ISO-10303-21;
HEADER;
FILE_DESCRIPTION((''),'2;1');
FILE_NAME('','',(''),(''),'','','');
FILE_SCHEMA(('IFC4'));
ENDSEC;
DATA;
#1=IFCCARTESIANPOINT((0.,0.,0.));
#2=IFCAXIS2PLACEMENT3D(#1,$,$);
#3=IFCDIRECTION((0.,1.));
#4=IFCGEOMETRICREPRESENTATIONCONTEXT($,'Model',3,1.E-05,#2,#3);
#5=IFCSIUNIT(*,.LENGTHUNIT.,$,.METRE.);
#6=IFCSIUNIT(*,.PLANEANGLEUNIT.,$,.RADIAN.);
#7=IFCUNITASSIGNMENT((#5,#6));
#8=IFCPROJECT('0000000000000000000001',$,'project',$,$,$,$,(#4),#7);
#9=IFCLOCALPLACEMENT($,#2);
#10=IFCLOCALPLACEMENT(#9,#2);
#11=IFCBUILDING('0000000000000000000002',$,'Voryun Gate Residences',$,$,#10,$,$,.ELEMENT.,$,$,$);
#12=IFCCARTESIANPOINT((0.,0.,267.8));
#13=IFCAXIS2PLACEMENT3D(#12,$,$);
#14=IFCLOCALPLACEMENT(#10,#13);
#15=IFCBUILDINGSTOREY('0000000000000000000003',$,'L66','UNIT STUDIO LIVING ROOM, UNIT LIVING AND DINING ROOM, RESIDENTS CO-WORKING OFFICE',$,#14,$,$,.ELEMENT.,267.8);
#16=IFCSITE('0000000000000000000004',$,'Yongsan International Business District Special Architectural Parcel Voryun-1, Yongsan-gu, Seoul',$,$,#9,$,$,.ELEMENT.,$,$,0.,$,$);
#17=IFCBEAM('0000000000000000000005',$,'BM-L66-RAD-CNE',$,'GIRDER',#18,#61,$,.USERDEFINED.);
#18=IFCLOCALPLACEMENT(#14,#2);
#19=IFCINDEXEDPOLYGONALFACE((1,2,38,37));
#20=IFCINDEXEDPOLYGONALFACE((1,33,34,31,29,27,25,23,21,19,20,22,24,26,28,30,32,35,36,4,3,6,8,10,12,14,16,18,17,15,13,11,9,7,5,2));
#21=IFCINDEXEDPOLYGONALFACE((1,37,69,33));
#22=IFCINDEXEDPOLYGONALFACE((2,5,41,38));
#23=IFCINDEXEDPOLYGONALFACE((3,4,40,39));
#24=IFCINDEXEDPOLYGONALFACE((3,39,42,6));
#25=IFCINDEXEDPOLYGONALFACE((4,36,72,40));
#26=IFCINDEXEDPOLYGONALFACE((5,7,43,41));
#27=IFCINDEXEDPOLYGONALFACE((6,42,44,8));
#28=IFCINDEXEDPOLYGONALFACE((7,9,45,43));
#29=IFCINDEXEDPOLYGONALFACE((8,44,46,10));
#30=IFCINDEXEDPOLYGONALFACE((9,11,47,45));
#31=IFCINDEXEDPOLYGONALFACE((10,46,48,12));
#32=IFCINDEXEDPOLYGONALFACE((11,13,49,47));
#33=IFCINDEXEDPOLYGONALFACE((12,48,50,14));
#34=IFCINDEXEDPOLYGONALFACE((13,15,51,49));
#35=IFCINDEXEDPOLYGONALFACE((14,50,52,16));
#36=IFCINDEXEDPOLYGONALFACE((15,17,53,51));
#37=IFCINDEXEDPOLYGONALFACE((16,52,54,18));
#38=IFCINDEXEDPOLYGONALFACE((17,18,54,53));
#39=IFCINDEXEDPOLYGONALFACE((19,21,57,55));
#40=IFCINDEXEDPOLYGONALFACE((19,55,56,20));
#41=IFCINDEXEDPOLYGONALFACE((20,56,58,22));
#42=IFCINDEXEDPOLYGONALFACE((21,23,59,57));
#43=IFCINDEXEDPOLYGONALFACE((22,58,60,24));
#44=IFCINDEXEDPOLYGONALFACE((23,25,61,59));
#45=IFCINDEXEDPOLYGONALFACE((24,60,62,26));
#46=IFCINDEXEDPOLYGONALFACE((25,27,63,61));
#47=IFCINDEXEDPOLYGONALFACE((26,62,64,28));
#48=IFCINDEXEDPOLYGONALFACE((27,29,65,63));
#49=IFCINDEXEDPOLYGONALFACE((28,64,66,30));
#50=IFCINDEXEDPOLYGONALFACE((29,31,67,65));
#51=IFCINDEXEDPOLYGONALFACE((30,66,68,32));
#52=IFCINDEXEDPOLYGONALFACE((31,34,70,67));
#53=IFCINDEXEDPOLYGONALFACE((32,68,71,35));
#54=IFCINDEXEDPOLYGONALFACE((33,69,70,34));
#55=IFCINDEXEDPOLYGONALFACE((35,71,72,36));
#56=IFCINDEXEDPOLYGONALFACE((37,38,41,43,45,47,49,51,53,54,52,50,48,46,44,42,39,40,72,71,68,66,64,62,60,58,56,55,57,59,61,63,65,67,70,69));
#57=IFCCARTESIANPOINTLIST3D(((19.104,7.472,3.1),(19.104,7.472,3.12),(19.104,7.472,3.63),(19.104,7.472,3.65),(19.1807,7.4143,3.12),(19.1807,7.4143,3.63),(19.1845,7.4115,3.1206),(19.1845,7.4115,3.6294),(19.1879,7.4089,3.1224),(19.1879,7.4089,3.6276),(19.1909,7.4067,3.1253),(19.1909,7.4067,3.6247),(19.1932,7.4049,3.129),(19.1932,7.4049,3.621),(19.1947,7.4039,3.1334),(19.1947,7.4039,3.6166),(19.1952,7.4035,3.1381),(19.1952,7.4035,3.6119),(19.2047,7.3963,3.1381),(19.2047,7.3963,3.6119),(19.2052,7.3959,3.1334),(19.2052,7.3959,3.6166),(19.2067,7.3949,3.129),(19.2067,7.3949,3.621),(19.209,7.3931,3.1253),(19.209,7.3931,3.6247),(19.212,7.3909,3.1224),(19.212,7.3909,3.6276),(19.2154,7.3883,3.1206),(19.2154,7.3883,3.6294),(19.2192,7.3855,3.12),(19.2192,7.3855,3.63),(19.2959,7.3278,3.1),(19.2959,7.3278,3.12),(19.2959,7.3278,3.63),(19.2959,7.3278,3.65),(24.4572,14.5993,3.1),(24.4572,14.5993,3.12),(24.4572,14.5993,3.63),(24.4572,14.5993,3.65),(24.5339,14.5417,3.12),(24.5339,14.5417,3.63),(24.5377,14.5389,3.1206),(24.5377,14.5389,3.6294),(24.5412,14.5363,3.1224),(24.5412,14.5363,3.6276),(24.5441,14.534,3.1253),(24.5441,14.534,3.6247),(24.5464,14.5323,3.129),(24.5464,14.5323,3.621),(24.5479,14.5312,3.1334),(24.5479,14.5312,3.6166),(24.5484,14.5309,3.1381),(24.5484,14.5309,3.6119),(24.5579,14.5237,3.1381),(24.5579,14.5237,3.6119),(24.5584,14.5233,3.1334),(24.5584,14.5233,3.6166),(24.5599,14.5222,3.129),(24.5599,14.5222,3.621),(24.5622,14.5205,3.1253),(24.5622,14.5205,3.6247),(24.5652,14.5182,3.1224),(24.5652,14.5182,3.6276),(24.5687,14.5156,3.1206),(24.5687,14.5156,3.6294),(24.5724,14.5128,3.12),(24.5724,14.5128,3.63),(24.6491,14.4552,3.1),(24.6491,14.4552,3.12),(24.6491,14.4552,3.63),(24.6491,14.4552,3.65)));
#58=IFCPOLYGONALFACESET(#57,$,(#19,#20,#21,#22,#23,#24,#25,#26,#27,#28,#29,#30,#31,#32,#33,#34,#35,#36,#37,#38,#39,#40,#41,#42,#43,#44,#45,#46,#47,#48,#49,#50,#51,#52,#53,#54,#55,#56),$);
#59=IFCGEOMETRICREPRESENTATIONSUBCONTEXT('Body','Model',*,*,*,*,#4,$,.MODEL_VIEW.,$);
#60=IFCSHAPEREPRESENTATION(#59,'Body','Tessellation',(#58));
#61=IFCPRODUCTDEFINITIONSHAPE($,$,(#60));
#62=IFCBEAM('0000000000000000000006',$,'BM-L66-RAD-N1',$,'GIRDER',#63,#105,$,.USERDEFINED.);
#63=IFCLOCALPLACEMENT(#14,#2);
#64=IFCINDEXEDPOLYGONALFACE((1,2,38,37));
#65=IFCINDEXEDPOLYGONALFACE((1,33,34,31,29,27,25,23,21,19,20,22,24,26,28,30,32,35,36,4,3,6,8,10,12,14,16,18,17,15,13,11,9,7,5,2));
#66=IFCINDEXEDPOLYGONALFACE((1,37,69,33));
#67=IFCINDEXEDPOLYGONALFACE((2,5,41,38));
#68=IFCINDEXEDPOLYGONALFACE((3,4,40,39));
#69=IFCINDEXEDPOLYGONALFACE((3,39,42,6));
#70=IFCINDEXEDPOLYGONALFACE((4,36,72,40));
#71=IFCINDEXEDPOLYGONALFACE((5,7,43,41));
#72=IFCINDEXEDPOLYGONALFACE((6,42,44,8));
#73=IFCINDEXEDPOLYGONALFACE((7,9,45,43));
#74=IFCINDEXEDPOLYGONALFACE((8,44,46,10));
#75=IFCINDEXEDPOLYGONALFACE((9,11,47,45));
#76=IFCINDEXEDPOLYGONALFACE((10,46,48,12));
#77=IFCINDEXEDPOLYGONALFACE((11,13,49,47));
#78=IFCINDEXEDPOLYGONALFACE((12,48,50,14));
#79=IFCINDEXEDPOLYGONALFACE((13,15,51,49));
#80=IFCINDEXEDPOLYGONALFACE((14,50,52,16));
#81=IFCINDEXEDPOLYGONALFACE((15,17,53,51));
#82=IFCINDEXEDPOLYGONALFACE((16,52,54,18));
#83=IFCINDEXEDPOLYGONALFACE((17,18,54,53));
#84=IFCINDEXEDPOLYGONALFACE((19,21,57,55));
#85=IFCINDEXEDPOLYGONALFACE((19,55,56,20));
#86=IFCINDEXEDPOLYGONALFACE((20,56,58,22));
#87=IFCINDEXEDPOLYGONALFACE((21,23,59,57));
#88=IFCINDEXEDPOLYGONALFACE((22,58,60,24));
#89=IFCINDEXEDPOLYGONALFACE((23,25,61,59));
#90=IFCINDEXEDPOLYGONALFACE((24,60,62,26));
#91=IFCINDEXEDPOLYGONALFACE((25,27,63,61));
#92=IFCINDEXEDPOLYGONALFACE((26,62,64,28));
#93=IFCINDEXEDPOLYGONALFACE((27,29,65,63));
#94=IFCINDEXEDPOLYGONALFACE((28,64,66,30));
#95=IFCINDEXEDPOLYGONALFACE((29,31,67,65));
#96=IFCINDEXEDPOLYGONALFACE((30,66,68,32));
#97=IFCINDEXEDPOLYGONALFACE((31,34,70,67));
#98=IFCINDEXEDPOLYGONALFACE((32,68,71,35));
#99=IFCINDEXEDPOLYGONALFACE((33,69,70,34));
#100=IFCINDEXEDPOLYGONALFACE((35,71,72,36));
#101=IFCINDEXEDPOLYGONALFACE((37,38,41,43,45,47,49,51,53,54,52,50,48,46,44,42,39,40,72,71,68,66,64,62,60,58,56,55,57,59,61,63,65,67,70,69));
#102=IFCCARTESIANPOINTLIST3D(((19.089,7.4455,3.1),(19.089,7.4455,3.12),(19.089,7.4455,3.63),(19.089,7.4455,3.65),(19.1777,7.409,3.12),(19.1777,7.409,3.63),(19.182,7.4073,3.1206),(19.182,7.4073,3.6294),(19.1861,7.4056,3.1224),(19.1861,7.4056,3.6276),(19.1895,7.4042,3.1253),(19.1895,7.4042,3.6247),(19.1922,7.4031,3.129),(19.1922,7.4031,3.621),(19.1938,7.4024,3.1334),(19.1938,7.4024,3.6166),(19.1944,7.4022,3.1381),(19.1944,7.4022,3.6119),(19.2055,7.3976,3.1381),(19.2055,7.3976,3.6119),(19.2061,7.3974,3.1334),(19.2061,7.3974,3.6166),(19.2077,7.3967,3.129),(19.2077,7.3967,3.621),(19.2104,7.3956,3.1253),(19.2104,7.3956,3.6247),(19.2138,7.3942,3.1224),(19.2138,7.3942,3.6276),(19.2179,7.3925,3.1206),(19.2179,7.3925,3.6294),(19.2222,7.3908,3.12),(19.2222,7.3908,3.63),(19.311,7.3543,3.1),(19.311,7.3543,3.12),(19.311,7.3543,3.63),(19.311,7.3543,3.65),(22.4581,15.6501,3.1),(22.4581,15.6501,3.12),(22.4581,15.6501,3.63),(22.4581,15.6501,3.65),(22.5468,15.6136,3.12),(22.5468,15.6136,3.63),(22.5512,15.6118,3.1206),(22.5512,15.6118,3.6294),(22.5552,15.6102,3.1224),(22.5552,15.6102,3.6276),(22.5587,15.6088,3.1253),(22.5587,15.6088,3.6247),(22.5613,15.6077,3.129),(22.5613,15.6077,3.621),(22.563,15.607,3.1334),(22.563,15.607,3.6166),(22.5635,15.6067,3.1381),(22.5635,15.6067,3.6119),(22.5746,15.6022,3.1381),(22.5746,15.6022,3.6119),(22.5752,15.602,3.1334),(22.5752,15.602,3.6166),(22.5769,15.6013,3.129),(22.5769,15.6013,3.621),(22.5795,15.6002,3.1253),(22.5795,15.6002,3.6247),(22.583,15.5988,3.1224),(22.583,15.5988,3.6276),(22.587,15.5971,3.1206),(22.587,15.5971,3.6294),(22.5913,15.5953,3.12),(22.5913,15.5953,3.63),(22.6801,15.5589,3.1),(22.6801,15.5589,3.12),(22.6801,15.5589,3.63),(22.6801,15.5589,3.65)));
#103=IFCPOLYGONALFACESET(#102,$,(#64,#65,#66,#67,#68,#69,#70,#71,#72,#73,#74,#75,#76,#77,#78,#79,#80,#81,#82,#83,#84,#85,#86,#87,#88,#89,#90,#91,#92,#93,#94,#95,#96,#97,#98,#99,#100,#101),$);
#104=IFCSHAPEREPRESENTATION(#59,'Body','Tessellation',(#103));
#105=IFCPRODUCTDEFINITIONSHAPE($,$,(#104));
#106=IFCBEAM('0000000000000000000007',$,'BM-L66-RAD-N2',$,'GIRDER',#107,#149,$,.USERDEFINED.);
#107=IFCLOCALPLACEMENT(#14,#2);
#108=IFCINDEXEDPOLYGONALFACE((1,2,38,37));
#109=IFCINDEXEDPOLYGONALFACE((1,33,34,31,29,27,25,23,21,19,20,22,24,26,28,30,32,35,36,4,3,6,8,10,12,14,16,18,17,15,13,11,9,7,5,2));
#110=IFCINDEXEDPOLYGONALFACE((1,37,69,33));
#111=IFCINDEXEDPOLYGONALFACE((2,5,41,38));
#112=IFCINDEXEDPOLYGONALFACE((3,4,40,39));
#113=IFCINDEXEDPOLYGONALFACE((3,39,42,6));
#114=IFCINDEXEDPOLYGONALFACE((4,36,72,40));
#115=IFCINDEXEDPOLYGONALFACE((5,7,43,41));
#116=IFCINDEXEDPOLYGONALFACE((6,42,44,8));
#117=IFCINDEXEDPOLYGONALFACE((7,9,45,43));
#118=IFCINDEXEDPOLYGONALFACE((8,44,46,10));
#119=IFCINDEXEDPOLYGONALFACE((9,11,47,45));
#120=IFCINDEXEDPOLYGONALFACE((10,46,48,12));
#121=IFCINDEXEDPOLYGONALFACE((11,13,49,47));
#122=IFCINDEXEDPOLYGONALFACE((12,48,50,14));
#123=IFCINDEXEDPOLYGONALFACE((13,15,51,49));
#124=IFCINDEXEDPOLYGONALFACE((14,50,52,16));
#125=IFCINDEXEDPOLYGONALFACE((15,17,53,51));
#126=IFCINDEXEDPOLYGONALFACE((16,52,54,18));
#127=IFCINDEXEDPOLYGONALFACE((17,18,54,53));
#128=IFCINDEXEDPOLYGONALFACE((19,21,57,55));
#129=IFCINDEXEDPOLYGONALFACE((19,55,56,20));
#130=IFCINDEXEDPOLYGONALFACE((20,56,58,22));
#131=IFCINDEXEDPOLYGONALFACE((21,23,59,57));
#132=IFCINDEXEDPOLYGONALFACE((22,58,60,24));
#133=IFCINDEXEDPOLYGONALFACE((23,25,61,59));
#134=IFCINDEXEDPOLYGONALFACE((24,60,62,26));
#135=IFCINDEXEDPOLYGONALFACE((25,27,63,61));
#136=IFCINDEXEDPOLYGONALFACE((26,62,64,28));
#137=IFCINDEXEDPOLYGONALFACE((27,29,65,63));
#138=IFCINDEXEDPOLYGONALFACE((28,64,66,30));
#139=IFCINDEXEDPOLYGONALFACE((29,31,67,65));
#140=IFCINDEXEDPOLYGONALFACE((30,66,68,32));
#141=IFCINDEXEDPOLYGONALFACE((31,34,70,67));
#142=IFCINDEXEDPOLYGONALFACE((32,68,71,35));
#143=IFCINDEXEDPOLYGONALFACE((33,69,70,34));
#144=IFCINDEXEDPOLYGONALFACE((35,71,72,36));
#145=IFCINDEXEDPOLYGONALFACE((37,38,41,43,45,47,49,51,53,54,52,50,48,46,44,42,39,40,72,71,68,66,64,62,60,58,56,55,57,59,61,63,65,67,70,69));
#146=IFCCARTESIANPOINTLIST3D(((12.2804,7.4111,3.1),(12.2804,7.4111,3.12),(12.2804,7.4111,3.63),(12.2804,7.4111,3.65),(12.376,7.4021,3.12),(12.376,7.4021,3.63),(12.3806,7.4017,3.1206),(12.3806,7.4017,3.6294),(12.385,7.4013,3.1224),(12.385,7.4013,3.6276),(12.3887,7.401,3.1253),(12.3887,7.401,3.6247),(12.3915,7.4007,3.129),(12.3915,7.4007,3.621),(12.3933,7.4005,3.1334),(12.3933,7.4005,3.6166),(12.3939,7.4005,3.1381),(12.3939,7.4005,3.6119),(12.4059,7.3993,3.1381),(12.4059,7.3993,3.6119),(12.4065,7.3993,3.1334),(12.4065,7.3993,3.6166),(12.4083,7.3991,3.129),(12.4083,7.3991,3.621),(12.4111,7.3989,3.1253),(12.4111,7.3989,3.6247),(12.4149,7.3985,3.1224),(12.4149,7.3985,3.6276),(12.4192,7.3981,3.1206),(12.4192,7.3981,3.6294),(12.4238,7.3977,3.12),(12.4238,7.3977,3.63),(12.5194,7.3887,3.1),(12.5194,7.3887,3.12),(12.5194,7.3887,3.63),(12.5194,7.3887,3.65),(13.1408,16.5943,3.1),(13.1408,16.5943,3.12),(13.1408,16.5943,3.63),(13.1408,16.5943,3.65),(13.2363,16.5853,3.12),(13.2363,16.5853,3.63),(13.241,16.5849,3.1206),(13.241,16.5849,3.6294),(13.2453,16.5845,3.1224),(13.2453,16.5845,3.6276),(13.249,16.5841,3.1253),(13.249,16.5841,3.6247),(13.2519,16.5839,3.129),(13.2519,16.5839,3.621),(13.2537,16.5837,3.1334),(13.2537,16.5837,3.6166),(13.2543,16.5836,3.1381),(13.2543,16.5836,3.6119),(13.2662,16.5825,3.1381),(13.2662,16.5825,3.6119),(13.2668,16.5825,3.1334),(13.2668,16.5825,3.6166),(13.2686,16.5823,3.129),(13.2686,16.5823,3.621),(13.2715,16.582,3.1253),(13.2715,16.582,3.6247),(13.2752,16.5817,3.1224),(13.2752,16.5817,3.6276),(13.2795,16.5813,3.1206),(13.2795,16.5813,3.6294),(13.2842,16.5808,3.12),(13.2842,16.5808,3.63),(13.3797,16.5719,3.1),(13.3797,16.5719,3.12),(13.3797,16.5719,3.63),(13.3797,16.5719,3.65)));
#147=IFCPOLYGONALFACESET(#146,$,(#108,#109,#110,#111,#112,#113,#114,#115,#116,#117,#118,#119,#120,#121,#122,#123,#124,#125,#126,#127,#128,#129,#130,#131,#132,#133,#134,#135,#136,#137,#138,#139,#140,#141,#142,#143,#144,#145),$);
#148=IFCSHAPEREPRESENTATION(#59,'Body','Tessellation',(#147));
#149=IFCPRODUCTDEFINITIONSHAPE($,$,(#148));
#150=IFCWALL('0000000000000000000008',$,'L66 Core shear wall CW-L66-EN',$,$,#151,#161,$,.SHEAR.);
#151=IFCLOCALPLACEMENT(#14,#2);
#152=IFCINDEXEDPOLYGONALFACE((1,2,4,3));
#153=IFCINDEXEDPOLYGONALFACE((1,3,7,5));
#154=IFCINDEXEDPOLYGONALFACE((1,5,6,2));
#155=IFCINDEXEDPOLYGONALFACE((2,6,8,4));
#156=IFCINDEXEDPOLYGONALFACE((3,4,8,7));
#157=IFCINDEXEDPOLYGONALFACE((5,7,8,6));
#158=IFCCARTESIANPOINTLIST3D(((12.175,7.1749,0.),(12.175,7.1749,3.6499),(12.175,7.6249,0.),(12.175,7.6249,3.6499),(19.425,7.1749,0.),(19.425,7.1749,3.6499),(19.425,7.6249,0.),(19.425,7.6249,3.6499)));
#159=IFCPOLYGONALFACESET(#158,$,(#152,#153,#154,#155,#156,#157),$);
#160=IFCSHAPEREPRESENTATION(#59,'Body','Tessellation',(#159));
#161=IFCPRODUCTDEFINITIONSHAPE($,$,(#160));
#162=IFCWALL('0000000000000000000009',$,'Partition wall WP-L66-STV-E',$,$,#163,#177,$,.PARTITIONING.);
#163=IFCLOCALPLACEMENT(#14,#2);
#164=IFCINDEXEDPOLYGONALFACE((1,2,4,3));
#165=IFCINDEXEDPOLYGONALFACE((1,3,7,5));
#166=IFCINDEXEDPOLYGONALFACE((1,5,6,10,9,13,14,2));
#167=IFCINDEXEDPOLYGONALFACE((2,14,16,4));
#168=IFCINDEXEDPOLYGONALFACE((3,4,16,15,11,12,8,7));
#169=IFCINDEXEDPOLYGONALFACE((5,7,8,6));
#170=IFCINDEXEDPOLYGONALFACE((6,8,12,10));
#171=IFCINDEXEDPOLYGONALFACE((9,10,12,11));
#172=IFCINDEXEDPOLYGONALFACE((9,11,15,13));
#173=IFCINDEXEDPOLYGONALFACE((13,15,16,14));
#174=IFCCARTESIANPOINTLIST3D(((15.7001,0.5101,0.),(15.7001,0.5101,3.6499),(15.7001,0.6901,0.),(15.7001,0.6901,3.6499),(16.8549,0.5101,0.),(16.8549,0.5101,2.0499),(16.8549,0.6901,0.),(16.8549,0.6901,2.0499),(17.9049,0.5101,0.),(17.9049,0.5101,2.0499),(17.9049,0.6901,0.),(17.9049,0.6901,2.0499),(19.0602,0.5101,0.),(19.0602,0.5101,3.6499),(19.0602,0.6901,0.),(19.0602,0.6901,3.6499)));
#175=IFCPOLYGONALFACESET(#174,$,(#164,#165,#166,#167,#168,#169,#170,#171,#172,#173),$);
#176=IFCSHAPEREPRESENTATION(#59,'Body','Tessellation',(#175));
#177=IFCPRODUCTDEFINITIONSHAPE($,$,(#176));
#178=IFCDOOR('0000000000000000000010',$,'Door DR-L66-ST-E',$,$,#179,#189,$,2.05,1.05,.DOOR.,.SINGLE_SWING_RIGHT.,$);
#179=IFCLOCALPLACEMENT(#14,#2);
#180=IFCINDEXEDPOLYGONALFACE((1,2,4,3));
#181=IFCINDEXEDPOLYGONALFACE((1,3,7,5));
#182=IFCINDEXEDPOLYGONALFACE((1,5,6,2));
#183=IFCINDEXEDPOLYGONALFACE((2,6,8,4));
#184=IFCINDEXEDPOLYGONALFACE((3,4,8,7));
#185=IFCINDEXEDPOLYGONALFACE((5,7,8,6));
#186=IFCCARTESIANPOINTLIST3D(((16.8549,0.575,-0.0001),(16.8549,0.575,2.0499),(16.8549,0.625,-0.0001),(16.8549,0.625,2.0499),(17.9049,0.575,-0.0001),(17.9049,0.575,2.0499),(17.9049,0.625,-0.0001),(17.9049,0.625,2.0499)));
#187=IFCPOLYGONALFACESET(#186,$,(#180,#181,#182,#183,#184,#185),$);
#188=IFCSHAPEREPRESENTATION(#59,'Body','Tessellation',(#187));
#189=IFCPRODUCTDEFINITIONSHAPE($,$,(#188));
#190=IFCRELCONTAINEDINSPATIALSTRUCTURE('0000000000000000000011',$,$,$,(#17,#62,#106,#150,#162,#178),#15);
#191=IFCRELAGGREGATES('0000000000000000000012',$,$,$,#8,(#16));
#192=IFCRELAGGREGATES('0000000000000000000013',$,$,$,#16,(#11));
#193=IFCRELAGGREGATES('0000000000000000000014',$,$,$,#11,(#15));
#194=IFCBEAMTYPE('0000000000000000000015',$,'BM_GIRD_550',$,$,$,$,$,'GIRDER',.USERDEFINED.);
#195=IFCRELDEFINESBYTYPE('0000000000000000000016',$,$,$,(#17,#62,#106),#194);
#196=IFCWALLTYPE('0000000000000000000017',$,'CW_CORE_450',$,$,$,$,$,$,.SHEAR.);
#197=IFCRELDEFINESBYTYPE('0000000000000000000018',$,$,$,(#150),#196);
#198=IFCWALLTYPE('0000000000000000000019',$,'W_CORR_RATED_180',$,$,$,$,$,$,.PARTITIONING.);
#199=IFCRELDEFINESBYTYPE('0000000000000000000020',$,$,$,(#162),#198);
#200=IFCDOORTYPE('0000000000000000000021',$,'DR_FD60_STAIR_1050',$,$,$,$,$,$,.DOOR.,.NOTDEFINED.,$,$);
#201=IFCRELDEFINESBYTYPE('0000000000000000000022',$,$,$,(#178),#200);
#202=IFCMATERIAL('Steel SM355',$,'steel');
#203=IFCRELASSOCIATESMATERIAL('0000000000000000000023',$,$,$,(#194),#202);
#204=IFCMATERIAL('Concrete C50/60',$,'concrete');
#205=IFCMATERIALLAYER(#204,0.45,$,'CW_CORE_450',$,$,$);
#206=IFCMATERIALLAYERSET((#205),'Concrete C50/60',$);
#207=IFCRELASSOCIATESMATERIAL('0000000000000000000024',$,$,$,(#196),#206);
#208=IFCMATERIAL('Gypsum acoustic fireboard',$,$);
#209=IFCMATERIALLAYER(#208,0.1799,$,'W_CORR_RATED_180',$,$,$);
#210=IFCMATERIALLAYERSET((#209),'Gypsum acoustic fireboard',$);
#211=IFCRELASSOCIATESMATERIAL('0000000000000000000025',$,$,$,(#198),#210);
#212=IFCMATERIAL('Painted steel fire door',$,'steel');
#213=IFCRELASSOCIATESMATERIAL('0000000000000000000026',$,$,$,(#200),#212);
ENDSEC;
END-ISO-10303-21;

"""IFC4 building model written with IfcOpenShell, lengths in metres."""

from ifc_helpers import new_model, si_unit, direction, frame, frame_2d, origin, origin_2d, place, context, subcontext, project, spatial, rectangle, i_section, extrude, material, layer, layer_set, material_profile, profile_set, type_object, element, fill, save


model = new_model("IFC4")

# Units and contexts
model_context = context("Model", 3, precision=1e-05, world=origin(), true_north=direction((0.0, 1.0)))
body_context = subcontext(model_context, "Body", "Model", "MODEL_VIEW")
ifc_project = project(units=[si_unit("LENGTHUNIT", "METRE"), si_unit("PLANEANGLEUNIT", "RADIAN")], contexts=[model_context])

# Site, building, storey
site_placement = place(None, origin())
site = spatial("IfcSite", under=ifc_project, at=site_placement, Name="Yongsan International Business District Special Architectural Parcel Voryun-1, Yongsan-gu, Seoul", CompositionType="ELEMENT", RefElevation=0.0)
building_placement = place(site_placement, origin())
building = spatial("IfcBuilding", under=site, at=building_placement, Name="Voryun Gate Residences", CompositionType="ELEMENT")
storey_placement = place(building_placement, frame((0.0, 0.0, 267.8)))
storey = spatial("IfcBuildingStorey", under=building, at=storey_placement, Name="L66", Description="UNIT STUDIO LIVING ROOM, UNIT LIVING AND DINING ROOM, RESIDENTS CO-WORKING OFFICE", CompositionType="ELEMENT", Elevation=267.8)

# Beams
ifc_material_1 = material(Name="Steel SM355", Category="steel")
ifc_material_profile_1 = material_profile(ifc_material_1, i_section(OverallWidth=0.24, OverallDepth=0.55, WebThickness=0.012, FlangeThickness=0.02, FilletRadius=0.0181, at=origin_2d()), Name="H-550x240x12x20")
ifc_profile_set_1 = profile_set([ifc_material_profile_1], Name="Steel SM355")
beam_type_1 = type_object("IfcBeamType", Name="BM_GIRD_550", ElementType="GIRDER", PredefinedType="USERDEFINED", material=ifc_profile_set_1)
beam_1_placement = place(storey_placement, frame((19.2, 7.3999, 3.375), z_axis=(0.600552, 0.799586, 0.0), x_axis=(-0.799586, 0.600552, 0.0)))
element("IfcBeam", 1, at=beam_1_placement, inside=storey, type_object=beam_type_1, Name="BM-L66-RAD-CNE", ObjectType="GIRDER", PredefinedType="USERDEFINED", context=body_context, shape_type="SweptSolid", body=[
    extrude(i_section(OverallWidth=0.24, OverallDepth=0.55, WebThickness=0.012, FlangeThickness=0.02, FilletRadius=0.0181, at=origin_2d()), origin(), (0.0, 0.0, 1.0), 8.9138),
])
beam_2_placement = place(storey_placement, frame((19.2, 7.3999, 3.375), z_axis=(0.379861, 0.925044, 0.0), x_axis=(-0.925044, 0.379861, 0.0)))
element("IfcBeam", 2, at=beam_2_placement, inside=storey, type_object=beam_type_1, Name="BM-L66-RAD-N1", ObjectType="GIRDER", PredefinedType="USERDEFINED", context=body_context, shape_type="SweptSolid", body=[
    extrude(i_section(OverallWidth=0.24, OverallDepth=0.55, WebThickness=0.012, FlangeThickness=0.02, FilletRadius=0.0181, at=origin_2d()), origin(), (0.0, 0.0, 1.0), 8.8694),
])
beam_3_placement = place(storey_placement, frame((12.3999, 7.3999, 3.375), z_axis=(0.09328, 0.99564, 0.0), x_axis=(-0.99564, 0.09328, 0.0)))
element("IfcBeam", 3, at=beam_3_placement, inside=storey, type_object=beam_type_1, Name="BM-L66-RAD-N2", ObjectType="GIRDER", PredefinedType="USERDEFINED", context=body_context, shape_type="SweptSolid", body=[
    extrude(i_section(OverallWidth=0.24, OverallDepth=0.55, WebThickness=0.012, FlangeThickness=0.02, FilletRadius=0.0181, at=origin_2d()), origin(), (0.0, 0.0, 1.0), 9.2234),
])

# Wall
ifc_material_2 = material(Name="Concrete C50/60", Category="concrete")
ifc_layer_1 = layer(ifc_material_2, 0.45, Name="CW_CORE_450")
ifc_layer_set_1 = layer_set([ifc_layer_1], Name="Concrete C50/60")
wall_type_1 = type_object("IfcWallType", Name="CW_CORE_450", PredefinedType="SHEAR", material=ifc_layer_set_1)
wall_1_placement = place(storey_placement, frame((12.175, 7.3999, 0.0), z_axis=(0.0, 0.0, 1.0), x_axis=(1.0, 0.0, 0.0)))
element("IfcWall", 4, at=wall_1_placement, inside=storey, type_object=wall_type_1, Name="L66 Core shear wall CW-L66-EN", PredefinedType="SHEAR", context=body_context, shape_type="SweptSolid", body=[
    extrude(rectangle(XDim=7.25, YDim=0.45, at=frame_2d((3.625, 0.0))), origin(), (0.0, 0.0, 1.0), 3.6499),
])

# Wall, opening, door
ifc_material_3 = material(Name="Gypsum acoustic fireboard")
ifc_layer_2 = layer(ifc_material_3, 0.1799, Name="W_CORR_RATED_180")
ifc_layer_set_2 = layer_set([ifc_layer_2], Name="Gypsum acoustic fireboard")
wall_type_2 = type_object("IfcWallType", Name="W_CORR_RATED_180", PredefinedType="PARTITIONING", material=ifc_layer_set_2)
wall_2_placement = place(storey_placement, frame((15.7, 0.6001, 0.0), z_axis=(0.0, 0.0, 1.0), x_axis=(1.0, 0.0, 0.0)))
wall_2 = element("IfcWall", 5, at=wall_2_placement, inside=storey, type_object=wall_type_2, Name="Partition wall WP-L66-STV-E", PredefinedType="PARTITIONING", context=body_context, shape_type="SweptSolid", body=[
    extrude(rectangle(XDim=3.3601, YDim=0.1799, at=frame_2d((1.6802, 0.0))), origin(), (0.0, 0.0, 1.0), 3.6499),
])
opening_1_placement = place(wall_2_placement, frame((1.155, 0.0, 0.0)))
opening_1 = element("IfcOpeningElement", 6, at=opening_1_placement, cuts=wall_2, PredefinedType="OPENING", context=body_context, shape_type="SweptSolid", body=[
    extrude(rectangle(XDim=1.05, YDim=2.05, at=frame_2d((0.5249, 1.0249))), frame((0.0, 0.0999, 0.0), z_axis=(0.0, -1.0, 0.0), x_axis=(1.0, 0.0, 0.0)), (0.0, 0.0, 1.0), 0.2),
])
ifc_material_4 = material(Name="Painted steel fire door", Category="steel")
door_type_1 = type_object("IfcDoorType", Name="DR_FD60_STAIR_1050", OperationType="NOTDEFINED", PredefinedType="DOOR", material=ifc_material_4)
door_1_placement = place(opening_1_placement, origin())
door_1 = element("IfcDoor", 7, at=door_1_placement, inside=storey, type_object=door_type_1, Name="Door DR-L66-ST-E", OperationType="SINGLE_SWING_RIGHT", OverallHeight=2.05, OverallWidth=1.05, PredefinedType="DOOR", context=body_context, shape_type="SweptSolid", body=[
    extrude(rectangle(XDim=1.05, YDim=2.05, at=frame_2d((0.5249, 1.0249))), frame((0.0, 0.0249, 0.0), z_axis=(0.0, -1.0, 0.0), x_axis=(1.0, 0.0, 0.0)), (0.0, 0.0, 1.0), 0.05),
])
fill(opening_1, door_1)

save(model, "model.ifc")
